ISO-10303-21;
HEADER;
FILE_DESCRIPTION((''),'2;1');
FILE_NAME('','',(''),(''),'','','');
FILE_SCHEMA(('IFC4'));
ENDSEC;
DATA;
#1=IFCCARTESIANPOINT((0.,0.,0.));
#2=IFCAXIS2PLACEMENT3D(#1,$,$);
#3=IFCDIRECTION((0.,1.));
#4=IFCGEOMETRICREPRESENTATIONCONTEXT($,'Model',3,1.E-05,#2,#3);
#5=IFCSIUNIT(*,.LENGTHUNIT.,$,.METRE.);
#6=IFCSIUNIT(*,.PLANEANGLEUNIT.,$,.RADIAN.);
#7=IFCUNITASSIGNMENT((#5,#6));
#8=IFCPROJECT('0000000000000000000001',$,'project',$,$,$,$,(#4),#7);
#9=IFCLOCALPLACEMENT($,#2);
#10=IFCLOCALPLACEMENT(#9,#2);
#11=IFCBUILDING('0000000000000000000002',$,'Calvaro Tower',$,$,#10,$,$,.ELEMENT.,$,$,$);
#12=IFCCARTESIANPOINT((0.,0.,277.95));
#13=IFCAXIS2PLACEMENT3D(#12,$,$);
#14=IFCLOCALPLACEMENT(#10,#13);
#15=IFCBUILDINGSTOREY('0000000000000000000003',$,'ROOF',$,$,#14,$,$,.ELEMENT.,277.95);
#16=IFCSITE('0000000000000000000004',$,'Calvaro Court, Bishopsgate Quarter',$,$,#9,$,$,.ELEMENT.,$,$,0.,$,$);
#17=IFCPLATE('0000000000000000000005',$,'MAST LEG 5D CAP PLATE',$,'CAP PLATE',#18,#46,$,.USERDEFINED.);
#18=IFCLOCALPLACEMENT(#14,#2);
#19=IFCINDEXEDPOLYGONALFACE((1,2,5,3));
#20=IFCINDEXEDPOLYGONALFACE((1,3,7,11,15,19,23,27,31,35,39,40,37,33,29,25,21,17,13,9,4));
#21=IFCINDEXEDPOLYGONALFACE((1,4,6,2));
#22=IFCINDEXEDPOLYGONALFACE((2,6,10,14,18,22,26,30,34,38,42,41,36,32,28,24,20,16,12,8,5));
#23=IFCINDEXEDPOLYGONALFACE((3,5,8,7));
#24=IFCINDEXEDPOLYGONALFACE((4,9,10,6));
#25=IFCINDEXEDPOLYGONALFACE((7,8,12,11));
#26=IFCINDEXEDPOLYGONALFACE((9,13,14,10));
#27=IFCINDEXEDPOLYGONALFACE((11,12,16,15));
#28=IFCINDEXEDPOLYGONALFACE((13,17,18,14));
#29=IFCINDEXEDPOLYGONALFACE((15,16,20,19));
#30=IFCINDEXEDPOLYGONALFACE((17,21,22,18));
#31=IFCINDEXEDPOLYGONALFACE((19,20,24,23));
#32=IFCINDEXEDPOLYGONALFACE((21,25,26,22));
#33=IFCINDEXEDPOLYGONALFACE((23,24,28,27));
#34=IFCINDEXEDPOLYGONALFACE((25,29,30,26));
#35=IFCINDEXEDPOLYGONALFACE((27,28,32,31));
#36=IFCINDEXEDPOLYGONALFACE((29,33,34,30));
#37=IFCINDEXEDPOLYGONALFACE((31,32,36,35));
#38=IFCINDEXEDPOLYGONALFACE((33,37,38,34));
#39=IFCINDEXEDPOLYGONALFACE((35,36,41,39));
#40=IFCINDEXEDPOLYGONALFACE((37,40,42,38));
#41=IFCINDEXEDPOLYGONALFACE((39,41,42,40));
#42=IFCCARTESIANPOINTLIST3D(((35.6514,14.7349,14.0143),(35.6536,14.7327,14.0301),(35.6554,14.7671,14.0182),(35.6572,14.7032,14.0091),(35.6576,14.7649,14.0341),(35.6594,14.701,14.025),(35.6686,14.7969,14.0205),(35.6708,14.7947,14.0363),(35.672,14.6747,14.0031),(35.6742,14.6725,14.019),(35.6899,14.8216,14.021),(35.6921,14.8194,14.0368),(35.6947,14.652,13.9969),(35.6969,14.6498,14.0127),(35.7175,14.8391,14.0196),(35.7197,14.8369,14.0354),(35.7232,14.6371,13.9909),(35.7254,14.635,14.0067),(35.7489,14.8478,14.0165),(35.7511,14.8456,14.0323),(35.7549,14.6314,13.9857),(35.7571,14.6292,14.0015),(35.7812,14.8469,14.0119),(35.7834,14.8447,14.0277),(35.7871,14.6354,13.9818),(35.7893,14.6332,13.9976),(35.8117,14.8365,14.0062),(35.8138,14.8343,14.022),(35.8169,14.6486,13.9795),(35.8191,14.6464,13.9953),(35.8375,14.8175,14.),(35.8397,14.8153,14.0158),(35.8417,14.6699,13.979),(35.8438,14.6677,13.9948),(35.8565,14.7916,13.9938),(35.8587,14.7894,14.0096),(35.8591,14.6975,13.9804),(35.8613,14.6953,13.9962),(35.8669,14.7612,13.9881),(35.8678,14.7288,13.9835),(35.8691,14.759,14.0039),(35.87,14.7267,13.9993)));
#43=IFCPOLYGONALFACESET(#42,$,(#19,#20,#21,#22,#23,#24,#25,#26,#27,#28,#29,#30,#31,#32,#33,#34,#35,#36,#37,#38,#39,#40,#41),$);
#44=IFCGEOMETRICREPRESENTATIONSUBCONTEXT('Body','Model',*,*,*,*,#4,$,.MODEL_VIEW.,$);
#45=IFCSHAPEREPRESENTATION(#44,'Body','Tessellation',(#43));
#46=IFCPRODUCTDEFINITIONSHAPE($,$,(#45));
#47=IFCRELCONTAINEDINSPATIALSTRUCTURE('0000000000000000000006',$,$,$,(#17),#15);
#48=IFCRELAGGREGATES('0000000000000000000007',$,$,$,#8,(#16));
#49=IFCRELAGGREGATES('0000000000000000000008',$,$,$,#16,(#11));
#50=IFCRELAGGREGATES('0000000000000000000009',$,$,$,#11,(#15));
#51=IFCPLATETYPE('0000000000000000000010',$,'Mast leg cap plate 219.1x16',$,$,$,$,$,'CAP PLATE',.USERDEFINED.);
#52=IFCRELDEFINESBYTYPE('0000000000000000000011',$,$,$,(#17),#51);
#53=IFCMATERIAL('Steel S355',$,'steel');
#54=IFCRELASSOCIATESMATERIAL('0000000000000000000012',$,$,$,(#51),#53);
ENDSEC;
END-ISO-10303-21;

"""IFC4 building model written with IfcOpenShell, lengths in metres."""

from ifc_helpers import new_model, si_unit, direction, frame, origin, origin_2d, place, context, subcontext, project, spatial, circle, extrude, material, material_profile, profile_set, type_object, element, save


model = new_model("IFC4")

# Units and contexts
model_context = context("Model", 3, precision=1e-05, world=origin(), true_north=direction((0.0, 1.0)))
body_context = subcontext(model_context, "Body", "Model", "MODEL_VIEW")
ifc_project = project(units=[si_unit("LENGTHUNIT", "METRE"), si_unit("PLANEANGLEUNIT", "RADIAN")], contexts=[model_context])

# Site, building, storey
site_placement = place(None, origin())
site = spatial("IfcSite", under=ifc_project, at=site_placement, Name="Calvaro Court, Bishopsgate Quarter", CompositionType="ELEMENT", RefElevation=0.0)
building_placement = place(site_placement, origin())
building = spatial("IfcBuilding", under=site, at=building_placement, Name="Calvaro Tower", CompositionType="ELEMENT")
storey_placement = place(building_placement, frame((0.0, 0.0, 277.95)))
storey = spatial("IfcBuildingStorey", under=building, at=storey_placement, Name="ROOF", CompositionType="ELEMENT", Elevation=277.95)

# Plate
ifc_material_1 = material(Name="Steel S355", Category="steel")
ifc_material_profile_1 = material_profile(ifc_material_1, circle(Radius=0.1096, at=origin_2d()), Name="CIRCLE 219.1")
ifc_profile_set_1 = profile_set([ifc_material_profile_1], Name="Steel S355")
plate_type = type_object("IfcPlateType", Name="Mast leg cap plate 219.1x16", ElementType="CAP PLATE", PredefinedType="USERDEFINED", material=ifc_profile_set_1)
for number, where, z_axis, x_axis, name in (
    (1, (35.76, 14.74, 14.0), (0.135881, -0.135881, 0.981363), (0.707107, 0.707107, 0.0), "MAST LEG 5D CAP PLATE"),
):
    element("IfcPlate", number, at=place(storey_placement, frame(where, z_axis=z_axis, x_axis=x_axis)), inside=storey, type_object=plate_type, Name=name, ObjectType="CAP PLATE", PredefinedType="USERDEFINED", context=body_context, shape_type="SweptSolid", body=[
        extrude(circle(Radius=0.1096, at=origin_2d()), origin(), (0.0, 0.0, 1.0), 0.0161),
    ])

save(model, "model.ifc")
